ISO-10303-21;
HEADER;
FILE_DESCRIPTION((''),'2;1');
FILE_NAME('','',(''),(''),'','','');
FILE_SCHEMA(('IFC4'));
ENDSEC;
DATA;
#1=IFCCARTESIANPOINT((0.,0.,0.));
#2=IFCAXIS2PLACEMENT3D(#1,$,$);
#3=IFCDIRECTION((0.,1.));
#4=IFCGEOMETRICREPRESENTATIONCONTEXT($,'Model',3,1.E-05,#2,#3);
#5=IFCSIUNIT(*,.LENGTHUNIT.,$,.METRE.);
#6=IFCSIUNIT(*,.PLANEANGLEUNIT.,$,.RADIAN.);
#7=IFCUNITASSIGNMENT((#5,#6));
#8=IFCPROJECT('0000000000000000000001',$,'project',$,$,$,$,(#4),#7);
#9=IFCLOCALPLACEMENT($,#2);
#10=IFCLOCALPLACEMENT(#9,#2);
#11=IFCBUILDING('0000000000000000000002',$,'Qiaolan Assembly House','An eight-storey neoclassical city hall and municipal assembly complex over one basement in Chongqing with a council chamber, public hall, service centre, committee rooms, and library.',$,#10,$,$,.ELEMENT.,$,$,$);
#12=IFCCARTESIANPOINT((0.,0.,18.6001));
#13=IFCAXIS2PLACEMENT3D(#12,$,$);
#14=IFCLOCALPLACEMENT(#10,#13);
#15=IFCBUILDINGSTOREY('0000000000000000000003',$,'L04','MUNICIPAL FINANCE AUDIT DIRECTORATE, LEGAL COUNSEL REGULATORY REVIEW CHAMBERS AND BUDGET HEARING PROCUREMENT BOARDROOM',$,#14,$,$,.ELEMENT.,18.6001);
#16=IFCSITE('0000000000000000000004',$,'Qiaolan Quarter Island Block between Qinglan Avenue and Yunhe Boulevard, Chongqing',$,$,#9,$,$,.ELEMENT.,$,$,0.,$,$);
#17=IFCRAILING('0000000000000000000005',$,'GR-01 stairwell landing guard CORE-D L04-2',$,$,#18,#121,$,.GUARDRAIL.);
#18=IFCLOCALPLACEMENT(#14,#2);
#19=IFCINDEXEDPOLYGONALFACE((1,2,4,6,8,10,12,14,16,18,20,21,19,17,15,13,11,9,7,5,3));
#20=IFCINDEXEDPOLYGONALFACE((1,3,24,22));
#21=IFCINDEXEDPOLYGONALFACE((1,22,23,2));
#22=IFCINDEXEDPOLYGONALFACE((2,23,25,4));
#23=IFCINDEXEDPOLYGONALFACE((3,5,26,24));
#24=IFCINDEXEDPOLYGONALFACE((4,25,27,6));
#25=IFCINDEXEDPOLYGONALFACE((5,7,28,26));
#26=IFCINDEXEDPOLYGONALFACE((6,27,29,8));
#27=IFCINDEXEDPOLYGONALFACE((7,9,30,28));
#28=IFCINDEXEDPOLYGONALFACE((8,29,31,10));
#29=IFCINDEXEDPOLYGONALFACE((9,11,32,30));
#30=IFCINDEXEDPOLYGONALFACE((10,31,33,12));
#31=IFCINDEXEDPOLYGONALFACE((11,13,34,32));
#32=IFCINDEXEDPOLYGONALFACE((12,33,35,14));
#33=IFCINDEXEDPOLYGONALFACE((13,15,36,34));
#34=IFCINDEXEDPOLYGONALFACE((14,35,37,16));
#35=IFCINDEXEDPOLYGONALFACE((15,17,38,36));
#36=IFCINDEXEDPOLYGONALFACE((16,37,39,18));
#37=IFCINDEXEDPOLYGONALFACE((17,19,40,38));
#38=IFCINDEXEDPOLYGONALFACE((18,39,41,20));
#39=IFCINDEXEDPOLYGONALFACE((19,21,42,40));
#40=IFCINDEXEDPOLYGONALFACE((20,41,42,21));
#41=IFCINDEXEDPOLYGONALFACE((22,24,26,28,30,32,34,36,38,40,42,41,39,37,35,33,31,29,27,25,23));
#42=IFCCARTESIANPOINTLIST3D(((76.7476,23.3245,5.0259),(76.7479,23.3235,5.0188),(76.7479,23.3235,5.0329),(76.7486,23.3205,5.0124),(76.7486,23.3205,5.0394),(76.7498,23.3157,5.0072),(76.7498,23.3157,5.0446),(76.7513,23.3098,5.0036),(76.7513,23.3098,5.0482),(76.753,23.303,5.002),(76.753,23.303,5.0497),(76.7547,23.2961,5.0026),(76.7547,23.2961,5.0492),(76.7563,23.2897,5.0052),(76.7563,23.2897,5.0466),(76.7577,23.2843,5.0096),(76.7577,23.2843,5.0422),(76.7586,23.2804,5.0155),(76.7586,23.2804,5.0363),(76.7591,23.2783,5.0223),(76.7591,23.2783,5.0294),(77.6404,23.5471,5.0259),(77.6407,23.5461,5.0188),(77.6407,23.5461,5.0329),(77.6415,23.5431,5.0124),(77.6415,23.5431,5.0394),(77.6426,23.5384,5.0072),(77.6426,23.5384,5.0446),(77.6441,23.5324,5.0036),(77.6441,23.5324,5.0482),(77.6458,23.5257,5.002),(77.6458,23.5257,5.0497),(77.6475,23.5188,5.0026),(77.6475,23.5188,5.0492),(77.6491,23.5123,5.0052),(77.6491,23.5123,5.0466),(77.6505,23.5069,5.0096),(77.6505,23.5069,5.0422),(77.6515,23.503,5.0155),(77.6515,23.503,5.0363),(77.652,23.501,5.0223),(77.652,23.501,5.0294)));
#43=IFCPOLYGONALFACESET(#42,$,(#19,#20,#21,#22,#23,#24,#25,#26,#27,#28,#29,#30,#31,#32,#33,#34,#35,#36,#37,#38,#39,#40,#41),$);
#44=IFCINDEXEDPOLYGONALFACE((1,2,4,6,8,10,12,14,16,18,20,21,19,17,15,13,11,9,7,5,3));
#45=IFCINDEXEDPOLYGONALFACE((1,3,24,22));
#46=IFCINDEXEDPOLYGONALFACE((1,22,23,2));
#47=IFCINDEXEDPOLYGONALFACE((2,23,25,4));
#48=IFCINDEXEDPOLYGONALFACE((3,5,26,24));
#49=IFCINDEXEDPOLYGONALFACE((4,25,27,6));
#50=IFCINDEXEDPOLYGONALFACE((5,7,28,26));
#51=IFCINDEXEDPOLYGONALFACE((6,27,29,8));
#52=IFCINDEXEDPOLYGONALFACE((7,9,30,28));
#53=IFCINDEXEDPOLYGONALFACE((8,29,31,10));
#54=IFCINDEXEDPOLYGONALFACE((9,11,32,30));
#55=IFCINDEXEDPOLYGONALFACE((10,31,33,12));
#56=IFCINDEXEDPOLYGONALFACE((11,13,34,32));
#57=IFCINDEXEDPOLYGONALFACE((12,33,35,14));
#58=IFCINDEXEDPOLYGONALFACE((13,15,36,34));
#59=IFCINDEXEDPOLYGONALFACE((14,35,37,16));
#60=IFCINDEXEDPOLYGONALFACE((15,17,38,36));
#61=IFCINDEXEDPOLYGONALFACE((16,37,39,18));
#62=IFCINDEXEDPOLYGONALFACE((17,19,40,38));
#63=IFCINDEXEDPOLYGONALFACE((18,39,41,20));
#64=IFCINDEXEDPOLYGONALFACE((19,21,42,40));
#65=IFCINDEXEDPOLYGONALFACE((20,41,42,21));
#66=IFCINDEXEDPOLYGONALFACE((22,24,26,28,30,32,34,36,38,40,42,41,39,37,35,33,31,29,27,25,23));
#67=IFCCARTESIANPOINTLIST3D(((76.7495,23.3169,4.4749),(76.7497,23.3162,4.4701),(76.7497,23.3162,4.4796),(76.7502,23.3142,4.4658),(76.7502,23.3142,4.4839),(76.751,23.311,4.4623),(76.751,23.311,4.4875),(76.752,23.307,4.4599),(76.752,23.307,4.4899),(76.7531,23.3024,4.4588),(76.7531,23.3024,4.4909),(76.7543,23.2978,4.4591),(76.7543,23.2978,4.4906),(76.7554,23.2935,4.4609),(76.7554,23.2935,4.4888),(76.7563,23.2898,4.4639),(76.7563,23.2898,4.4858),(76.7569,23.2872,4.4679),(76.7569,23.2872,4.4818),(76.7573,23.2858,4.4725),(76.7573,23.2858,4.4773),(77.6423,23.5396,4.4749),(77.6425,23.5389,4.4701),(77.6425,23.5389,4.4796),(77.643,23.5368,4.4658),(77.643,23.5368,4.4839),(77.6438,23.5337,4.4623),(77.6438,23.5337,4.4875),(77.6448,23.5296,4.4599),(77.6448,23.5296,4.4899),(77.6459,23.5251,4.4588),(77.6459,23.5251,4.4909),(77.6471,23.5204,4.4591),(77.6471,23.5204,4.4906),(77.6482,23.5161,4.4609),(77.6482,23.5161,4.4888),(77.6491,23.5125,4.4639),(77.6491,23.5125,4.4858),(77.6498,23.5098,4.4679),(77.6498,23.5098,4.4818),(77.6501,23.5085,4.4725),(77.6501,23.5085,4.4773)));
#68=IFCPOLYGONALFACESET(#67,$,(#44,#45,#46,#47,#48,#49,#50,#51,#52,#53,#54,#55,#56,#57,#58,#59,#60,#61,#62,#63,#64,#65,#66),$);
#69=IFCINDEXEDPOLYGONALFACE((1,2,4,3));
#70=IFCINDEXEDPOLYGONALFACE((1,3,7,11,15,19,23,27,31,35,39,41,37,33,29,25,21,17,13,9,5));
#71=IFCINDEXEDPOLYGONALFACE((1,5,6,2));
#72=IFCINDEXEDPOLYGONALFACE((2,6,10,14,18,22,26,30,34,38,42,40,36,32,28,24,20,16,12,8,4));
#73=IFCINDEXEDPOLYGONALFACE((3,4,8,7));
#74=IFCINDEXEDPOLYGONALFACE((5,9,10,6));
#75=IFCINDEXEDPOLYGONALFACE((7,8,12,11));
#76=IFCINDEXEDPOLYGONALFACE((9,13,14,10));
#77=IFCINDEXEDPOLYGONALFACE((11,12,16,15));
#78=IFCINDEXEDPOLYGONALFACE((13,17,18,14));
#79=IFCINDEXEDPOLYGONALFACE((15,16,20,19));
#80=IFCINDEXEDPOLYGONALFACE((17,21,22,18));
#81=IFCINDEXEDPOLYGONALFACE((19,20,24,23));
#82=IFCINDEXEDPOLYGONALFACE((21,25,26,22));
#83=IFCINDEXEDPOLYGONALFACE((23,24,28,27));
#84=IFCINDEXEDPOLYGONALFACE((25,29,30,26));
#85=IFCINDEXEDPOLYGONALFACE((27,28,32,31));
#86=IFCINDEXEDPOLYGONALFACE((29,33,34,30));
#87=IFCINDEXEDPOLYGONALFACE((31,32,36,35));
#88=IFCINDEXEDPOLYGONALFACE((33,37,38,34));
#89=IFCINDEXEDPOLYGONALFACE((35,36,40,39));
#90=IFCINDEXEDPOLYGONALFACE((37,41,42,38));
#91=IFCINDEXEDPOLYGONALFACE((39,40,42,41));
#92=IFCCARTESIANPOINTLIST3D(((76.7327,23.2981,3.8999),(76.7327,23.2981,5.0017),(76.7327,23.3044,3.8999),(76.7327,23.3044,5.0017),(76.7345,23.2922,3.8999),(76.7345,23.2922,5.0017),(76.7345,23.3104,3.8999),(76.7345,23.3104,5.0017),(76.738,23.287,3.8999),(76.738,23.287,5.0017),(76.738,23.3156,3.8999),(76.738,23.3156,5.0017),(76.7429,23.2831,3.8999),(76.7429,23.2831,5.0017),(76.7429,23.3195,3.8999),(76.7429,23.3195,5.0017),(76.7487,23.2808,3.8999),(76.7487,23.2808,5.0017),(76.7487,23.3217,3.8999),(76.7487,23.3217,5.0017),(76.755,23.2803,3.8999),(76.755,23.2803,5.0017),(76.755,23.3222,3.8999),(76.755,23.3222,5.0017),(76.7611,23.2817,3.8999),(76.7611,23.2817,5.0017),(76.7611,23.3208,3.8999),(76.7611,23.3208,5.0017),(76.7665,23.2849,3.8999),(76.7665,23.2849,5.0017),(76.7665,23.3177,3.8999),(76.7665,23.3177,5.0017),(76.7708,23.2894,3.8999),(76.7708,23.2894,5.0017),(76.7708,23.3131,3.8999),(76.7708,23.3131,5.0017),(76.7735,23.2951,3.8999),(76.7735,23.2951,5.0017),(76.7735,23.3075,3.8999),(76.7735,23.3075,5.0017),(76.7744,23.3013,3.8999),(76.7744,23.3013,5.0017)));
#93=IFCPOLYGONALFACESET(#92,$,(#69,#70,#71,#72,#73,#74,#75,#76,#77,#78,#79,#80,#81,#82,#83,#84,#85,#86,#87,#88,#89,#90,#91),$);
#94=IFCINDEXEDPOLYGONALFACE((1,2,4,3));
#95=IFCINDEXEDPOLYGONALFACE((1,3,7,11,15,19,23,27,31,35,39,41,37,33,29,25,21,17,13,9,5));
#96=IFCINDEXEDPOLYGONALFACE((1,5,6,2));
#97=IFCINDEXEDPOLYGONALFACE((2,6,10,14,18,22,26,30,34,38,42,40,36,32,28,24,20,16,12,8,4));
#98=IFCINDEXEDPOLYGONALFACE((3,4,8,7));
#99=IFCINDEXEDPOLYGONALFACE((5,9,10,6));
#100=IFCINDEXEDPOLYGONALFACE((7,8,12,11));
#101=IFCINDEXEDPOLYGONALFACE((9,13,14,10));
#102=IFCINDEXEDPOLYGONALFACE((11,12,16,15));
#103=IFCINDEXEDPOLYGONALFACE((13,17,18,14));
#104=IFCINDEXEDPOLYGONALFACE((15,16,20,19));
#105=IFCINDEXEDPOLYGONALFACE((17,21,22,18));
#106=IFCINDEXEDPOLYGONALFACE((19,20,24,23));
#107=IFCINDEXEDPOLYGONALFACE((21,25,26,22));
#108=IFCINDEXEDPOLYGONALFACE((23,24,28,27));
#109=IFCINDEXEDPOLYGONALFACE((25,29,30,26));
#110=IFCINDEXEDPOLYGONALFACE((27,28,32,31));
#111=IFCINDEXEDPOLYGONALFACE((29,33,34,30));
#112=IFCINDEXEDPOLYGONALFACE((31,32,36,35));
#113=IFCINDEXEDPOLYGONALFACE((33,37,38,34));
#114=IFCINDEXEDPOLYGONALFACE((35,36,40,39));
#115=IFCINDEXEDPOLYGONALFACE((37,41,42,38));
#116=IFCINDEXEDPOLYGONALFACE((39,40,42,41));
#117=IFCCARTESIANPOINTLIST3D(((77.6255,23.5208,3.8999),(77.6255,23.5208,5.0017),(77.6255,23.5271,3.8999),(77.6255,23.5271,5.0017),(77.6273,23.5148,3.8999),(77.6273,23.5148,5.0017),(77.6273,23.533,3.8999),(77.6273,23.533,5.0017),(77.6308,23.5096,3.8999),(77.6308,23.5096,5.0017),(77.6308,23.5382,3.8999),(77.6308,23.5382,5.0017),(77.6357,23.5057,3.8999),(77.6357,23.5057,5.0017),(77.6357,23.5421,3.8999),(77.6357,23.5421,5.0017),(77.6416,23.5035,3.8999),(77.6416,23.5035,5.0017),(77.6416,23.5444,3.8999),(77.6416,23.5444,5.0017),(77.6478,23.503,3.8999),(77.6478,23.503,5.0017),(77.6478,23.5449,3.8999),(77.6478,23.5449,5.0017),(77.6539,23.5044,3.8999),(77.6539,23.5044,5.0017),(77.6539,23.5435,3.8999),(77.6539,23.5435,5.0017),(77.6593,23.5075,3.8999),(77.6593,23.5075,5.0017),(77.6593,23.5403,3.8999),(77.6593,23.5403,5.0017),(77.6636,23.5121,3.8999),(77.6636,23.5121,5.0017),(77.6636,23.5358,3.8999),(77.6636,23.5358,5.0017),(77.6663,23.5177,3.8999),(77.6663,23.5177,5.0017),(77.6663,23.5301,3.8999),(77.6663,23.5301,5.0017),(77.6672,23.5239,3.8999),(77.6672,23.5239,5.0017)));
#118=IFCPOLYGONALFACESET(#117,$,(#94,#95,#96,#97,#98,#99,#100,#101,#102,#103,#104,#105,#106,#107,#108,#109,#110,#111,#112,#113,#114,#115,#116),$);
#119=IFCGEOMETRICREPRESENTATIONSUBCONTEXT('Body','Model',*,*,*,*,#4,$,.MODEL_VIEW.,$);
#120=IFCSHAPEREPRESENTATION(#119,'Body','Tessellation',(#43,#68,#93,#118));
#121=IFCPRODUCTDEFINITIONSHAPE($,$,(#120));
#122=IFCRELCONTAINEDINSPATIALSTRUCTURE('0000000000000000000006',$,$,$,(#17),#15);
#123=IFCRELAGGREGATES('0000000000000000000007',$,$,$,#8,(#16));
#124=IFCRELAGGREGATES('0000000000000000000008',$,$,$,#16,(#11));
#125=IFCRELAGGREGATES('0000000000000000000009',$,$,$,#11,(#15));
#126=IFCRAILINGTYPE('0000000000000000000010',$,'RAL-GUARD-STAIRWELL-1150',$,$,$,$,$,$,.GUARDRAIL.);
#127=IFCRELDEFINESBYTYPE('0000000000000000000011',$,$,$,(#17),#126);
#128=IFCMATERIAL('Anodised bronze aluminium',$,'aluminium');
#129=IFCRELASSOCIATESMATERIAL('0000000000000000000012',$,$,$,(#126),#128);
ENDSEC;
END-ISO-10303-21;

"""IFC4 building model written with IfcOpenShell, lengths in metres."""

from ifc_helpers import new_model, si_unit, direction, frame, origin, origin_2d, place, context, subcontext, project, spatial, circle, extrude, material, type_object, element, save


model = new_model("IFC4")

# Units and contexts
model_context = context("Model", 3, precision=1e-05, world=origin(), true_north=direction((0.0, 1.0)))
body_context = subcontext(model_context, "Body", "Model", "MODEL_VIEW")
ifc_project = project(units=[si_unit("LENGTHUNIT", "METRE"), si_unit("PLANEANGLEUNIT", "RADIAN")], contexts=[model_context])

# Site, building, storey
site_placement = place(None, origin())
site = spatial("IfcSite", under=ifc_project, at=site_placement, Name="Qiaolan Quarter Island Block between Qinglan Avenue and Yunhe Boulevard, Chongqing", CompositionType="ELEMENT", RefElevation=0.0)
building_placement = place(site_placement, origin())
building = spatial("IfcBuilding", under=site, at=building_placement, Name="Qiaolan Assembly House", Description="An eight-storey neoclassical city hall and municipal assembly complex over one basement in Chongqing with a council chamber, public hall, service centre, committee rooms, and library.", CompositionType="ELEMENT")
storey_placement = place(building_placement, frame((0.0, 0.0, 18.6001)))
storey = spatial("IfcBuildingStorey", under=building, at=storey_placement, Name="L04", Description="MUNICIPAL FINANCE AUDIT DIRECTORATE, LEGAL COUNSEL REGULATORY REVIEW CHAMBERS AND BUDGET HEARING PROCUREMENT BOARDROOM", CompositionType="ELEMENT", Elevation=18.6001)

# Railing
ifc_material_1 = material(Name="Anodised bronze aluminium", Category="aluminium")
railing_type_1 = type_object("IfcRailingType", Name="RAL-GUARD-STAIRWELL-1150", PredefinedType="GUARDRAIL", material=ifc_material_1)
railing_1_placement = place(storey_placement, frame((76.7534, 23.3013, 3.8999)))
element("IfcRailing", 1, at=railing_1_placement, inside=storey, type_object=railing_type_1, Name="GR-01 stairwell landing guard CORE-D L04-2", PredefinedType="GUARDRAIL", context=body_context, shape_type="SweptSolid", body=[
    extrude(circle(Radius=0.0239, at=origin_2d()), frame((0.0, 0.0, 1.126), z_axis=(0.970283, 0.241974, 0.0), x_axis=(-0.241974, 0.970283, 0.0)), (0.0, 0.0, 1.0), 0.9202),
    extrude(circle(Radius=0.0161, at=origin_2d()), frame((0.0, 0.0, 0.575), z_axis=(0.970283, 0.241974, 0.0), x_axis=(-0.241974, 0.970283, 0.0)), (0.0, 0.0, 1.0), 0.9202),
    extrude(circle(Radius=0.021, at=origin_2d()), origin(), (0.0, 0.0, 1.0), 1.1018),
    extrude(circle(Radius=0.021, at=origin_2d()), frame((0.8928, 0.2227, 0.0)), (0.0, 0.0, 1.0), 1.1018),
])

save(model, "model.ifc")
